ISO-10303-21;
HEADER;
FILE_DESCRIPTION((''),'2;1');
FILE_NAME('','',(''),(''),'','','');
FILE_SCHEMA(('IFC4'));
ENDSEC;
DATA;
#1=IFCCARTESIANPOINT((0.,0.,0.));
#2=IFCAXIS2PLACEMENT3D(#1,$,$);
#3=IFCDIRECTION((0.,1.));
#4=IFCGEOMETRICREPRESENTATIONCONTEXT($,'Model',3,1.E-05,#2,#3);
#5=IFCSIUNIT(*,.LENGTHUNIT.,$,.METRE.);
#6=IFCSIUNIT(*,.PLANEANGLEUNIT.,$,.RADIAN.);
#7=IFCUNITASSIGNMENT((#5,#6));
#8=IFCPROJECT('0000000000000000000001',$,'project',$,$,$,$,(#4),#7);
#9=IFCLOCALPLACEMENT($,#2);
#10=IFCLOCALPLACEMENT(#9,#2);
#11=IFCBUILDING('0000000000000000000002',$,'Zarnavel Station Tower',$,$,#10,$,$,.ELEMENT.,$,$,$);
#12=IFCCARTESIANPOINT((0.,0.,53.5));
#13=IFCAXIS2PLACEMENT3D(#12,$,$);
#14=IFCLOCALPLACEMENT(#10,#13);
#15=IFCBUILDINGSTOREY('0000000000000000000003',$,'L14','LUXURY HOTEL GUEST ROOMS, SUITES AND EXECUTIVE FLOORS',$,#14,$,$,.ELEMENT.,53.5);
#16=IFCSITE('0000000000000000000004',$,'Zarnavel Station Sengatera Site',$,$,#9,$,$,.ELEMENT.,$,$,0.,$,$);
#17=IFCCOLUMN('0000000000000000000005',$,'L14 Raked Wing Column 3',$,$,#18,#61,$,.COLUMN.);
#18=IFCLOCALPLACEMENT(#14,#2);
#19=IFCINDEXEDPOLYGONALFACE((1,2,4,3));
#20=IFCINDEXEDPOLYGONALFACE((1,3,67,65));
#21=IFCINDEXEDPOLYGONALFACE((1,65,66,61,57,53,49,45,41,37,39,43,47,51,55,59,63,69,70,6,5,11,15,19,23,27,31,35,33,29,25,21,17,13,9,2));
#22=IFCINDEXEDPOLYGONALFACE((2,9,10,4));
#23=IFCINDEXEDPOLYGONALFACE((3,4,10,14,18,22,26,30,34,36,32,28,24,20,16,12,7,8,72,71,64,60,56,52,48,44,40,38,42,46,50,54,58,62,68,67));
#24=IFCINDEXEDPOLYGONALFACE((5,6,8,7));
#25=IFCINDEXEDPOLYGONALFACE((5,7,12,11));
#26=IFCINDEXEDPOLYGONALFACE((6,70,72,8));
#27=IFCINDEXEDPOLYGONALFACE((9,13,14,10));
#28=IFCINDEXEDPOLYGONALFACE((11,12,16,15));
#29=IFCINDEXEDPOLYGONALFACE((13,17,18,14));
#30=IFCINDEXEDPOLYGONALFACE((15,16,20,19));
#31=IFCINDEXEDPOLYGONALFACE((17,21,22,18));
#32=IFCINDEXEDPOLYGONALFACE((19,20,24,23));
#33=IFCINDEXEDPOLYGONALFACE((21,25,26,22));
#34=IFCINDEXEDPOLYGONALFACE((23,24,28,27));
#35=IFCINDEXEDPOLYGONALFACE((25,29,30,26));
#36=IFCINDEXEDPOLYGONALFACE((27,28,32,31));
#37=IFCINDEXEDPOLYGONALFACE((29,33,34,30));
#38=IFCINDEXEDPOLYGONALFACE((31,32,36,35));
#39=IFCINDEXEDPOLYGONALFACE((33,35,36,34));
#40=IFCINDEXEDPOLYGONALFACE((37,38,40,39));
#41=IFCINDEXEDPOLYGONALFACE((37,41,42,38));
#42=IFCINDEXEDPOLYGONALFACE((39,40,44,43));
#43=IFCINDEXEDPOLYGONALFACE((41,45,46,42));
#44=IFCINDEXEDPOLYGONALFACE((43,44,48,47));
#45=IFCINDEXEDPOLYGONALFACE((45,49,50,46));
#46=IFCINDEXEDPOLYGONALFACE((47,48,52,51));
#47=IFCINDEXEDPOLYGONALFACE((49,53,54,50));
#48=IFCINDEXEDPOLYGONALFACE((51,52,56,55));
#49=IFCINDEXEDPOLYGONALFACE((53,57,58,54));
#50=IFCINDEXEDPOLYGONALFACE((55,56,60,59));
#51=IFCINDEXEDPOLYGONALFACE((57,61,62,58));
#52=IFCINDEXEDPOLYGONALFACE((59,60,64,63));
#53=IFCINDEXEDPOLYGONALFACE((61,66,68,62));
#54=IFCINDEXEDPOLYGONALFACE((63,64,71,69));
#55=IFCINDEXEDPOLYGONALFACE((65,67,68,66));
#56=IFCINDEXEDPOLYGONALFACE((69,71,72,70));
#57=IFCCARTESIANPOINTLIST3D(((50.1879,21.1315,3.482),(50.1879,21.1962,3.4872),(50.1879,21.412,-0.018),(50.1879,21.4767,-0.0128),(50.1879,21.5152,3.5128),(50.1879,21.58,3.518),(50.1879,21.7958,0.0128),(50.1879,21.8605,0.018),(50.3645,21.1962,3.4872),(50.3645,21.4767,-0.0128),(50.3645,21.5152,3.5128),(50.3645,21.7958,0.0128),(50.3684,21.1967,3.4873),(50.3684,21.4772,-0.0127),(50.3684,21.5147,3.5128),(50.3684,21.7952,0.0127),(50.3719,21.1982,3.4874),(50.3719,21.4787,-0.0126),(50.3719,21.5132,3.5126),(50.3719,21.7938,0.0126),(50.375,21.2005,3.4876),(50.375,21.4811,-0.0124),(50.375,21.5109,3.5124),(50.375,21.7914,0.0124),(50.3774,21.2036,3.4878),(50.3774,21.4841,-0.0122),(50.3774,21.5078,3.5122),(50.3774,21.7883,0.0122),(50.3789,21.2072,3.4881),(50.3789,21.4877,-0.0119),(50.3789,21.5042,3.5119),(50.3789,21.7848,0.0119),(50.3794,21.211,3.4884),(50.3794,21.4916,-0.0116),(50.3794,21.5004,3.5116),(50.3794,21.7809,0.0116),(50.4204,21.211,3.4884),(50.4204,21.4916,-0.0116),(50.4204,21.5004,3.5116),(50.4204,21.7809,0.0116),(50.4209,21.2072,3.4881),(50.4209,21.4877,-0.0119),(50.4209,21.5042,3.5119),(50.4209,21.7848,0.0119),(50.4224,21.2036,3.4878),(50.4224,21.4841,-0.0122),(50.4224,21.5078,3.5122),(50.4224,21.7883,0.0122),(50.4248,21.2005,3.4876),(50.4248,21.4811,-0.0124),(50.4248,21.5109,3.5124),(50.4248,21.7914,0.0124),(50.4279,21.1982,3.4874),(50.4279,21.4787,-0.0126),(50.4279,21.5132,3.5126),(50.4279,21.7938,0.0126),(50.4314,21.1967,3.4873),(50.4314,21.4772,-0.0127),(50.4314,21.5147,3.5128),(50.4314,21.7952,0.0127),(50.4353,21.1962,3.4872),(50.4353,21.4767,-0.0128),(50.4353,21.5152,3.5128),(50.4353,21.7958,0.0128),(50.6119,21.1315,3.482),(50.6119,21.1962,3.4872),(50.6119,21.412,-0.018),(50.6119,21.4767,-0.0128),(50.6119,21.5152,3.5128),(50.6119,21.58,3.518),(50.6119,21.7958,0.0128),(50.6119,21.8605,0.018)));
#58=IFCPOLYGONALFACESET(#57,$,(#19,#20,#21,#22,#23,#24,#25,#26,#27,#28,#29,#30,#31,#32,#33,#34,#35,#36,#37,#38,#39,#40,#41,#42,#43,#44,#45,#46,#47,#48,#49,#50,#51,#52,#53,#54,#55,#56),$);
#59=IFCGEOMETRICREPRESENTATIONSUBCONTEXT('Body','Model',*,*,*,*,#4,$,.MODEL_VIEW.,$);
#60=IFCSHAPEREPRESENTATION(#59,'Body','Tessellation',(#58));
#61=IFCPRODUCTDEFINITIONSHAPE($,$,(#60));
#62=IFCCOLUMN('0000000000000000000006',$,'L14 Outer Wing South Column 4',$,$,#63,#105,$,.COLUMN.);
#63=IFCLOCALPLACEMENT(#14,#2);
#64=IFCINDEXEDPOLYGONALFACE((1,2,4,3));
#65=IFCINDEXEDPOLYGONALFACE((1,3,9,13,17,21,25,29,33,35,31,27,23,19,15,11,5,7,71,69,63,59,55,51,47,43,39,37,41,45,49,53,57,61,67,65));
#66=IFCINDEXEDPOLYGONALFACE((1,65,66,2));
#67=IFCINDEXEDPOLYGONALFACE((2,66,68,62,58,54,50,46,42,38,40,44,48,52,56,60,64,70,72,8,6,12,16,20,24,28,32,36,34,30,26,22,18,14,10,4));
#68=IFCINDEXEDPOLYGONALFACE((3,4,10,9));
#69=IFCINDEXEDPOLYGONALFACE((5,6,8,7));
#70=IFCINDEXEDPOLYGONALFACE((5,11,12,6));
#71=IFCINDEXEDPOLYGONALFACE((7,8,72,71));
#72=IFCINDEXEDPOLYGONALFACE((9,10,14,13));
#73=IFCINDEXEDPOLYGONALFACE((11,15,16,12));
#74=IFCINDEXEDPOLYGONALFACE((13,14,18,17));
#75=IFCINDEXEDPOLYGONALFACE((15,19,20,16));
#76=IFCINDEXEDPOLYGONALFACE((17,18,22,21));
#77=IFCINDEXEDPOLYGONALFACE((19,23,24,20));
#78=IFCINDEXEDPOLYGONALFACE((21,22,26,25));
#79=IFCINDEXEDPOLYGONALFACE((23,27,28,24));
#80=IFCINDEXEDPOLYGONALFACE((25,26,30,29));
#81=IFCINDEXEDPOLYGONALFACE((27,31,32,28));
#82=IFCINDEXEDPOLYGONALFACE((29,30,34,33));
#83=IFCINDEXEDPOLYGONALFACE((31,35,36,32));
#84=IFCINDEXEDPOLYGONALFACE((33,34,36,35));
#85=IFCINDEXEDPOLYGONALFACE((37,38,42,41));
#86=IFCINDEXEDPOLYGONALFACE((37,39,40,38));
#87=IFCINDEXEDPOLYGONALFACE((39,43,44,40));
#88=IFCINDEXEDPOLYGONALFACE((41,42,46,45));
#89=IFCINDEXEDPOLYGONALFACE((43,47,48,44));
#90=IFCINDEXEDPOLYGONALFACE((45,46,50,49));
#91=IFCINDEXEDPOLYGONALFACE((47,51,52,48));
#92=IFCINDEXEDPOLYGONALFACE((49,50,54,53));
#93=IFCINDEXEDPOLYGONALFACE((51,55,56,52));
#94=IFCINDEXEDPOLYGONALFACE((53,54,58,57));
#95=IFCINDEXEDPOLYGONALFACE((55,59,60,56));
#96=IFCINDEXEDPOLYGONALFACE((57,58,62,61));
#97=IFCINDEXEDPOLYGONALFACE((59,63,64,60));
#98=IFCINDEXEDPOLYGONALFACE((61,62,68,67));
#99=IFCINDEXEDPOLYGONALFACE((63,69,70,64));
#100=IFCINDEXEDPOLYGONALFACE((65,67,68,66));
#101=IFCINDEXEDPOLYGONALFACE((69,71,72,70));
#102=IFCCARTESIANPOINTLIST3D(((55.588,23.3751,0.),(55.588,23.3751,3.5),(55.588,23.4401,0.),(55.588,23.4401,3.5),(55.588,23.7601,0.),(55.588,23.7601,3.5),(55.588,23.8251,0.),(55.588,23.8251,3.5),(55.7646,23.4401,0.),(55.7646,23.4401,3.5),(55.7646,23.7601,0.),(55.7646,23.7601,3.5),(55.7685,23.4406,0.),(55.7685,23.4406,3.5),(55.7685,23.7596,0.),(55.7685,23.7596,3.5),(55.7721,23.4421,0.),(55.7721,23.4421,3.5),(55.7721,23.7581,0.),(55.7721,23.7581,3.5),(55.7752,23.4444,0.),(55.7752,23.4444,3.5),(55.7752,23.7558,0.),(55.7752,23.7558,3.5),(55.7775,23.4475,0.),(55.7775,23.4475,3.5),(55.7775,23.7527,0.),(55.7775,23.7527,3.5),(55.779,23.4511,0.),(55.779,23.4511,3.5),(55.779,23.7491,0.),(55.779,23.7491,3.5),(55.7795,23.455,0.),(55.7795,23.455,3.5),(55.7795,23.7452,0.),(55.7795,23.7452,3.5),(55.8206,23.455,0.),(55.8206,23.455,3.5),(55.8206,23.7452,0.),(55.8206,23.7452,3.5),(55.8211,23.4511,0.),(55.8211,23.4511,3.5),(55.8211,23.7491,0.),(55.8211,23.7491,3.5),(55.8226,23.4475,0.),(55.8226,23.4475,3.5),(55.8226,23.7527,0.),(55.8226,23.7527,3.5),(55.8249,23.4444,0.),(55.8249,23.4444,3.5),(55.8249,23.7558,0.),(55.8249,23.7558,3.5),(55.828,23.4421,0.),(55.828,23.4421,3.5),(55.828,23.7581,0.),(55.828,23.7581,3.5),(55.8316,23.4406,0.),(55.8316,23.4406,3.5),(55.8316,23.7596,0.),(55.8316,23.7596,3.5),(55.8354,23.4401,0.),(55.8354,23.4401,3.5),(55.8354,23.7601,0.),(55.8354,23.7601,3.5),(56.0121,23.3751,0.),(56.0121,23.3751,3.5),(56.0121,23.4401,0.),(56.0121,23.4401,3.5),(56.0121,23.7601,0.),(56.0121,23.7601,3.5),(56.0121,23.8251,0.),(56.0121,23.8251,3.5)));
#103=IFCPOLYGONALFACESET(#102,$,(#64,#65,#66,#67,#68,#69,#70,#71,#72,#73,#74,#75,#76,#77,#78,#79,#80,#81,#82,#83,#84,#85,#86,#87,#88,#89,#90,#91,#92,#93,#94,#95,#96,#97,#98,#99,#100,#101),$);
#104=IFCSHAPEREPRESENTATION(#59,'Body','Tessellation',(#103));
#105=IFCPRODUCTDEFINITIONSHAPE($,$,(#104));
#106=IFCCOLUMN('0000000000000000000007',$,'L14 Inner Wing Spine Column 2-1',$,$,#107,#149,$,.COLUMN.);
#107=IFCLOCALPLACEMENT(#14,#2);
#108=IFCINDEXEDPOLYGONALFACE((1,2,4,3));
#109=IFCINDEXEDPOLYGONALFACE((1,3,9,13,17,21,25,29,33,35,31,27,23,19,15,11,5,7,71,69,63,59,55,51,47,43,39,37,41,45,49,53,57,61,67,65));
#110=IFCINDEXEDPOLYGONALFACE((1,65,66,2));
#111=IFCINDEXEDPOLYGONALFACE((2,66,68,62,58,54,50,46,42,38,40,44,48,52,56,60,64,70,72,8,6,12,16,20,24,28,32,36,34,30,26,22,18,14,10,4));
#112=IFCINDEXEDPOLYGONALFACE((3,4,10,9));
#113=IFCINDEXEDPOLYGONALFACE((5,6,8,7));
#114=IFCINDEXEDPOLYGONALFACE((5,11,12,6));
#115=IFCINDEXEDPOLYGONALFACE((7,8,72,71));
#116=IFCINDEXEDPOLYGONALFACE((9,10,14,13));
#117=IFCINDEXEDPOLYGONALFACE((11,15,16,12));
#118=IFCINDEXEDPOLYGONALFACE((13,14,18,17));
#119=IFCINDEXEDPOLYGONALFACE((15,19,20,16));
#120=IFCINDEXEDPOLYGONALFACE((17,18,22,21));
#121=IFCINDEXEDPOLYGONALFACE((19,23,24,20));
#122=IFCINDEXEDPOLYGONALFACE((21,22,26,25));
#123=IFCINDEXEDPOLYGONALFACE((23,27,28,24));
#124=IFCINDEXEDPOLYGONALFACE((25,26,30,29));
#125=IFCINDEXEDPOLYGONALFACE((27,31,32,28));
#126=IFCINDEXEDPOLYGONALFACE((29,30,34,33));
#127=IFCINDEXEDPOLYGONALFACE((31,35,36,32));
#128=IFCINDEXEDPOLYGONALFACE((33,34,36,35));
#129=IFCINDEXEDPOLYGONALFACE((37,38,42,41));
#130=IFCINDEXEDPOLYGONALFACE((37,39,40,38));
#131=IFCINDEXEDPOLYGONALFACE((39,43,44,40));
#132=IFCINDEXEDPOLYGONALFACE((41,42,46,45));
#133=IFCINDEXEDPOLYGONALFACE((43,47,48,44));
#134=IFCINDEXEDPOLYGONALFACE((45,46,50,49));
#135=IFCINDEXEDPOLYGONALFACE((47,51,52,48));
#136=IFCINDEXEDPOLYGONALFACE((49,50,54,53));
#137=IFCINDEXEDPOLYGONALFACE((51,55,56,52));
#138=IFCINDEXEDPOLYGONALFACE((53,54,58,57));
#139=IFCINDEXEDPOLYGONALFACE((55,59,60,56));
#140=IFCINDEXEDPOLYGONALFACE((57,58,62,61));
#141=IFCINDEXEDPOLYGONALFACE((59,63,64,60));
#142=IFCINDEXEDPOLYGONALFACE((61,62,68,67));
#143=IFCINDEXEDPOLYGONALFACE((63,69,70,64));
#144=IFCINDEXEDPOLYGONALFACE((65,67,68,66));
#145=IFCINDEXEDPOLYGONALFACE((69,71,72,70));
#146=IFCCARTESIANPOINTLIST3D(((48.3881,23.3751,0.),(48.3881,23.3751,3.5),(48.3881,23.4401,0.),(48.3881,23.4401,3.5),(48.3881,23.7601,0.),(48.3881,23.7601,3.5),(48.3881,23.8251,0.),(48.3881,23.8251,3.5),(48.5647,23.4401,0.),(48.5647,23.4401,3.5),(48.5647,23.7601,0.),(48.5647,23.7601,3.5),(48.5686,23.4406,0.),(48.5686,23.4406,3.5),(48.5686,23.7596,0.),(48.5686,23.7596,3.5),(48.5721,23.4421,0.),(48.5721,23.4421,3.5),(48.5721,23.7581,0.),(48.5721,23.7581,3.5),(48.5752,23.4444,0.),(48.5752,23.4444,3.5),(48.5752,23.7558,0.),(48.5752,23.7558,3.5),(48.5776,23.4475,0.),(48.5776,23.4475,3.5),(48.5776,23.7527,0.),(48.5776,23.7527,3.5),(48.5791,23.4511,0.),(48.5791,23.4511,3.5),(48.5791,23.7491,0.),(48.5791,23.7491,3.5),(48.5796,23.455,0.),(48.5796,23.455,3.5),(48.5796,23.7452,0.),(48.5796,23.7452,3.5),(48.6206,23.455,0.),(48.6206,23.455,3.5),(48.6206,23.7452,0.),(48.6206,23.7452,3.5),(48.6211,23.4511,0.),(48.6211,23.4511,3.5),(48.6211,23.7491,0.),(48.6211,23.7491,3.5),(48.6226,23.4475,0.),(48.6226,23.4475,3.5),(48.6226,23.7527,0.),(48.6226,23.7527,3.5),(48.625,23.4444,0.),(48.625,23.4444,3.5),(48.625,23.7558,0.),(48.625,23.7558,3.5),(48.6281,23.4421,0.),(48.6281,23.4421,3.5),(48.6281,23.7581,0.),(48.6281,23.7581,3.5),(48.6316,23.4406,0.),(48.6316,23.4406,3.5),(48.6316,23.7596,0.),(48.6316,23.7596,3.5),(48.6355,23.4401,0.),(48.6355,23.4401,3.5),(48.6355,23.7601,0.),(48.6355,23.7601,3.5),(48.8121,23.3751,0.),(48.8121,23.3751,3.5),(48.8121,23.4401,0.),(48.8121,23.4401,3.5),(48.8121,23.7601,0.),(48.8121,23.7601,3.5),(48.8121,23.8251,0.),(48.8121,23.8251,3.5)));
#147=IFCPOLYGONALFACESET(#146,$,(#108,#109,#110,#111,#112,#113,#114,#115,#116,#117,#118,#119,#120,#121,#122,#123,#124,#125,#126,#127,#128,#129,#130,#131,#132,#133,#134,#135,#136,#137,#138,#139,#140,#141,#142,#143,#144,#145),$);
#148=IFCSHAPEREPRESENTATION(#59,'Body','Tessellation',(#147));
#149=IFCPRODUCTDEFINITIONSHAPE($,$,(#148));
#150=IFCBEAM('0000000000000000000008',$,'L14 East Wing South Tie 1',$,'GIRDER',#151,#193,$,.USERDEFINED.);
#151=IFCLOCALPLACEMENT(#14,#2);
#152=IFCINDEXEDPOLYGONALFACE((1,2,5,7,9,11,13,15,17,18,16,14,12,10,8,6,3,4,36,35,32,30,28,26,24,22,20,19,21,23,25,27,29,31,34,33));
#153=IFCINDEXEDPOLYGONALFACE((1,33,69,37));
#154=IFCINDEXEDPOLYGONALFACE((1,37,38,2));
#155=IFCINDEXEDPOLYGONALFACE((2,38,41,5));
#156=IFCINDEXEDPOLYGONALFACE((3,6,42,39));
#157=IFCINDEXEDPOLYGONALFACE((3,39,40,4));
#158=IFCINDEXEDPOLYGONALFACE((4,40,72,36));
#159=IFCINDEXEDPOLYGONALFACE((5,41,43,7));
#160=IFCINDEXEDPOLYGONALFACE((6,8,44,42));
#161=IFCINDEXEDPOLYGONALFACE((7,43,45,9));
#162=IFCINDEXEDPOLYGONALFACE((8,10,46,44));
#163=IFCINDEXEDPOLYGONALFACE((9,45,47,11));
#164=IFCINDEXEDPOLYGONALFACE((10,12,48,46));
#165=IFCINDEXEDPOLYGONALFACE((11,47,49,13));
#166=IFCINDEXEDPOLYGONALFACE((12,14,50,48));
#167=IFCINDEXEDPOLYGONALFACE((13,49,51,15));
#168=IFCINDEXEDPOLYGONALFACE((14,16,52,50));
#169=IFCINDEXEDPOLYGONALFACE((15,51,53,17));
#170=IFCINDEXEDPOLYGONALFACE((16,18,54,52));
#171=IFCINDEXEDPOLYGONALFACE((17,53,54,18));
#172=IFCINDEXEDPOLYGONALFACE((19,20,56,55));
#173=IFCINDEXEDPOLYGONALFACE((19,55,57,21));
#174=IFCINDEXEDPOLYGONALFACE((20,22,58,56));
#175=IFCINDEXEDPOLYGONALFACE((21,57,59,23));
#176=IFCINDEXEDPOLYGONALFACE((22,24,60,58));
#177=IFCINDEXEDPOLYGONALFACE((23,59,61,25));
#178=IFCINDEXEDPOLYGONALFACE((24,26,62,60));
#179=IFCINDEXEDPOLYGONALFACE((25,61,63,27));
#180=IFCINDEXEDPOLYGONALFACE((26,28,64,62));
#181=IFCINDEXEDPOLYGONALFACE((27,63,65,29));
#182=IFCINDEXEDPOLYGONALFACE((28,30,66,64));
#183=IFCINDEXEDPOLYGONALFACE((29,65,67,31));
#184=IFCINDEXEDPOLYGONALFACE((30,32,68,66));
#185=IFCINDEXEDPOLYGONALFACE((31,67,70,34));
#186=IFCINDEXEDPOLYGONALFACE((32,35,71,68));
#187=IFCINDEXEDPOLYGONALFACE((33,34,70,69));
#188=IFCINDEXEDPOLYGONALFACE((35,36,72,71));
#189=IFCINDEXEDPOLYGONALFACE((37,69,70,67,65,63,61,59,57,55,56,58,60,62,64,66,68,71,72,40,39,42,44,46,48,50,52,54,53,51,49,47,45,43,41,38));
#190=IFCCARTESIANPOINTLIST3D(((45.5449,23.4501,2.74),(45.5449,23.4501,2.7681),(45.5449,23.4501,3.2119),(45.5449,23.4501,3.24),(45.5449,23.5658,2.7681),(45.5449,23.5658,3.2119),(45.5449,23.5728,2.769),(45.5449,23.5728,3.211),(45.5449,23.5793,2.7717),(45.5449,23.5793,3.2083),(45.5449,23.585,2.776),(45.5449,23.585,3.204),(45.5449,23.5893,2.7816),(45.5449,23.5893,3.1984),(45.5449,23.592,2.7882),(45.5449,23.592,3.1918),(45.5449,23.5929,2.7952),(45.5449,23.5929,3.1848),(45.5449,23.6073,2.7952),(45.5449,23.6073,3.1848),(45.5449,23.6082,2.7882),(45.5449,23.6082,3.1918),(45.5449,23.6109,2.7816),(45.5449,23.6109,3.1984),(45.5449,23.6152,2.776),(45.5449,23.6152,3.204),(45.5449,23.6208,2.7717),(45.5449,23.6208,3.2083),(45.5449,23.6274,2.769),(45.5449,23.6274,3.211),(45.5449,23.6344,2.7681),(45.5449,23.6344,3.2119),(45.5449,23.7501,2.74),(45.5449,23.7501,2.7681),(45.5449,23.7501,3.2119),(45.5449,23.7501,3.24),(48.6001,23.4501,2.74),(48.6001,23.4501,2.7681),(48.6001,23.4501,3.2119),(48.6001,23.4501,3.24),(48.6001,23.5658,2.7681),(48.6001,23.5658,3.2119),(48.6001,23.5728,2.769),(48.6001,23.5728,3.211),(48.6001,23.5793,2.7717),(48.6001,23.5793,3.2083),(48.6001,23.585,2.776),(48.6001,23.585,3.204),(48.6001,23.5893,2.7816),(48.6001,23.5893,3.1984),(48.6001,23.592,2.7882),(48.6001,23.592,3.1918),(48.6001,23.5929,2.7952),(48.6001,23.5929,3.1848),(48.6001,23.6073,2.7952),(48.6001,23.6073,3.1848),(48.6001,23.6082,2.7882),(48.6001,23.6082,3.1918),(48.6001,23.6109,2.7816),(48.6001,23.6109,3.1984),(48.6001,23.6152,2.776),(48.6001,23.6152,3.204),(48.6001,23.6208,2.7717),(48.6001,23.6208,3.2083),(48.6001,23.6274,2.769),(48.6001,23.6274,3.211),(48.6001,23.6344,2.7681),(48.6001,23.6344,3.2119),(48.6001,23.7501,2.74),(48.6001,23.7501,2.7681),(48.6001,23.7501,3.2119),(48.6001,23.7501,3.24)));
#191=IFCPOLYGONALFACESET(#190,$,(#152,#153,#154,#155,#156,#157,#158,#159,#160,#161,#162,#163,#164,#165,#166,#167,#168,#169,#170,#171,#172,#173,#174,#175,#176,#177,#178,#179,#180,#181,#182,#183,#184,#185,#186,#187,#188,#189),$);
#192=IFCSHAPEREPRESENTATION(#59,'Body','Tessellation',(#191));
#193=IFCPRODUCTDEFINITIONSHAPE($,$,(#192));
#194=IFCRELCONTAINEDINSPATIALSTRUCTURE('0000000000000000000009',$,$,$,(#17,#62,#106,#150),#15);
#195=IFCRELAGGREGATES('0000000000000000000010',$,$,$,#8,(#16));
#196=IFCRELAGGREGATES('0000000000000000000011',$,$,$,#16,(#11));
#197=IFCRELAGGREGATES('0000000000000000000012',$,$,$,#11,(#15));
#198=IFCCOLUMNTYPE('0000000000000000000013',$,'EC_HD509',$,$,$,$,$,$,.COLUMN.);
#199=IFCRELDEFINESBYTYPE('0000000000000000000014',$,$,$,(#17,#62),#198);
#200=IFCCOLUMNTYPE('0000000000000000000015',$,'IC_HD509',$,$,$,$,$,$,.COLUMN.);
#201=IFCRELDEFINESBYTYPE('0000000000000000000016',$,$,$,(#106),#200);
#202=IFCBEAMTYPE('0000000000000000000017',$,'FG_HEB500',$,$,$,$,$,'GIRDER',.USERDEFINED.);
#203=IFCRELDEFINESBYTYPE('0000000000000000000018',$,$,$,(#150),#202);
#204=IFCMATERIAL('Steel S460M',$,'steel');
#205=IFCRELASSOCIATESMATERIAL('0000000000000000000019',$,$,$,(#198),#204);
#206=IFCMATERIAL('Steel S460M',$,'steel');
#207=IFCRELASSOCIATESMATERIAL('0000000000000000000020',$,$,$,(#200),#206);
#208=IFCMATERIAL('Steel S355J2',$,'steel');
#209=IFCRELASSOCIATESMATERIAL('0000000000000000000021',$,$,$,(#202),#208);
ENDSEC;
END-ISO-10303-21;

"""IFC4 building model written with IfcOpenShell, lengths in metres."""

from ifc_helpers import new_model, si_unit, direction, frame, origin, origin_2d, place, context, subcontext, project, spatial, i_section, extrude, material, material_profile, profile_set, type_object, element, save


model = new_model("IFC4")

# Units and contexts
model_context = context("Model", 3, precision=1e-05, world=origin(), true_north=direction((0.0, 1.0)))
body_context = subcontext(model_context, "Body", "Model", "MODEL_VIEW")
ifc_project = project(units=[si_unit("LENGTHUNIT", "METRE"), si_unit("PLANEANGLEUNIT", "RADIAN")], contexts=[model_context])

# Site, building, storey
site_placement = place(None, origin())
site = spatial("IfcSite", under=ifc_project, at=site_placement, Name="Zarnavel Station Sengatera Site", CompositionType="ELEMENT", RefElevation=0.0)
building_placement = place(site_placement, origin())
building = spatial("IfcBuilding", under=site, at=building_placement, Name="Zarnavel Station Tower", CompositionType="ELEMENT")
storey_placement = place(building_placement, frame((0.0, 0.0, 53.5)))
storey = spatial("IfcBuildingStorey", under=building, at=storey_placement, Name="L14", Description="LUXURY HOTEL GUEST ROOMS, SUITES AND EXECUTIVE FLOORS", CompositionType="ELEMENT", Elevation=53.5)

# Columns
ifc_material_1 = material(Name="Steel S460M", Category="steel")
ifc_material_profile_1 = material_profile(ifc_material_1, i_section(OverallWidth=0.4241, OverallDepth=0.45, WebThickness=0.041, FlangeThickness=0.0649, FilletRadius=0.0149, at=origin_2d()), Name="HD400x509")
ifc_profile_set_1 = profile_set([ifc_material_profile_1], Name="Steel S460M")
column_type_1 = type_object("IfcColumnType", Name="EC_HD509", PredefinedType="COLUMN", material=ifc_profile_set_1)
column_1_placement = place(storey_placement, frame((50.3999, 21.6362, 0.0), z_axis=(0.0, -0.079892, 0.996804), x_axis=(1.0, 0.0, 0.0)))
element("IfcColumn", 1, at=column_1_placement, inside=storey, type_object=column_type_1, Name="L14 Raked Wing Column 3", PredefinedType="COLUMN", context=body_context, shape_type="SweptSolid", body=[
    extrude(i_section(OverallWidth=0.4241, OverallDepth=0.45, WebThickness=0.041, FlangeThickness=0.0649, FilletRadius=0.0149, at=origin_2d()), origin(), (0.0, 0.0, 1.0), 3.5112),
])
column_2_placement = place(storey_placement, frame((55.8, 23.6001, 0.0), z_axis=(0.0, 0.0, 1.0), x_axis=(1.0, 0.0, 0.0)))
element("IfcColumn", 2, at=column_2_placement, inside=storey, type_object=column_type_1, Name="L14 Outer Wing South Column 4", PredefinedType="COLUMN", context=body_context, shape_type="SweptSolid", body=[
    extrude(i_section(OverallWidth=0.4241, OverallDepth=0.45, WebThickness=0.041, FlangeThickness=0.0649, FilletRadius=0.0149, at=origin_2d()), origin(), (0.0, 0.0, 1.0), 3.5),
])
ifc_material_2 = material(Name="Steel S460M", Category="steel")
ifc_material_profile_2 = material_profile(ifc_material_2, i_section(OverallWidth=0.4241, OverallDepth=0.45, WebThickness=0.041, FlangeThickness=0.0649, FilletRadius=0.0149, at=origin_2d()), Name="HD400x509")
ifc_profile_set_2 = profile_set([ifc_material_profile_2], Name="Steel S460M")
column_type_2 = type_object("IfcColumnType", Name="IC_HD509", PredefinedType="COLUMN", material=ifc_profile_set_2)
column_3_placement = place(storey_placement, frame((48.6001, 23.6001, 0.0), z_axis=(0.0, 0.0, 1.0), x_axis=(1.0, 0.0, 0.0)))
element("IfcColumn", 3, at=column_3_placement, inside=storey, type_object=column_type_2, Name="L14 Inner Wing Spine Column 2-1", PredefinedType="COLUMN", context=body_context, shape_type="SweptSolid", body=[
    extrude(i_section(OverallWidth=0.4241, OverallDepth=0.45, WebThickness=0.041, FlangeThickness=0.0649, FilletRadius=0.0149, at=origin_2d()), origin(), (0.0, 0.0, 1.0), 3.5),
])

# Beam
ifc_material_3 = material(Name="Steel S355J2", Category="steel")
ifc_material_profile_3 = material_profile(ifc_material_3, i_section(OverallWidth=0.3, OverallDepth=0.5, WebThickness=0.0144, FlangeThickness=0.0281, FilletRadius=0.0271, at=origin_2d()), Name="HEB500")
ifc_profile_set_3 = profile_set([ifc_material_profile_3], Name="Steel S355J2")
beam_type_1 = type_object("IfcBeamType", Name="FG_HEB500", ElementType="GIRDER", PredefinedType="USERDEFINED", material=ifc_profile_set_3)
beam_1_placement = place(storey_placement, frame((45.5449, 23.6001, 2.99), z_axis=(1.0, 0.0, 0.0), x_axis=(0.0, 1.0, 0.0)))
element("IfcBeam", 4, at=beam_1_placement, inside=storey, type_object=beam_type_1, Name="L14 East Wing South Tie 1", ObjectType="GIRDER", PredefinedType="USERDEFINED", context=body_context, shape_type="SweptSolid", body=[
    extrude(i_section(OverallWidth=0.3, OverallDepth=0.5, WebThickness=0.0144, FlangeThickness=0.0281, FilletRadius=0.0271, at=origin_2d()), origin(), (0.0, 0.0, 1.0), 3.0552),
])

save(model, "model.ifc")
